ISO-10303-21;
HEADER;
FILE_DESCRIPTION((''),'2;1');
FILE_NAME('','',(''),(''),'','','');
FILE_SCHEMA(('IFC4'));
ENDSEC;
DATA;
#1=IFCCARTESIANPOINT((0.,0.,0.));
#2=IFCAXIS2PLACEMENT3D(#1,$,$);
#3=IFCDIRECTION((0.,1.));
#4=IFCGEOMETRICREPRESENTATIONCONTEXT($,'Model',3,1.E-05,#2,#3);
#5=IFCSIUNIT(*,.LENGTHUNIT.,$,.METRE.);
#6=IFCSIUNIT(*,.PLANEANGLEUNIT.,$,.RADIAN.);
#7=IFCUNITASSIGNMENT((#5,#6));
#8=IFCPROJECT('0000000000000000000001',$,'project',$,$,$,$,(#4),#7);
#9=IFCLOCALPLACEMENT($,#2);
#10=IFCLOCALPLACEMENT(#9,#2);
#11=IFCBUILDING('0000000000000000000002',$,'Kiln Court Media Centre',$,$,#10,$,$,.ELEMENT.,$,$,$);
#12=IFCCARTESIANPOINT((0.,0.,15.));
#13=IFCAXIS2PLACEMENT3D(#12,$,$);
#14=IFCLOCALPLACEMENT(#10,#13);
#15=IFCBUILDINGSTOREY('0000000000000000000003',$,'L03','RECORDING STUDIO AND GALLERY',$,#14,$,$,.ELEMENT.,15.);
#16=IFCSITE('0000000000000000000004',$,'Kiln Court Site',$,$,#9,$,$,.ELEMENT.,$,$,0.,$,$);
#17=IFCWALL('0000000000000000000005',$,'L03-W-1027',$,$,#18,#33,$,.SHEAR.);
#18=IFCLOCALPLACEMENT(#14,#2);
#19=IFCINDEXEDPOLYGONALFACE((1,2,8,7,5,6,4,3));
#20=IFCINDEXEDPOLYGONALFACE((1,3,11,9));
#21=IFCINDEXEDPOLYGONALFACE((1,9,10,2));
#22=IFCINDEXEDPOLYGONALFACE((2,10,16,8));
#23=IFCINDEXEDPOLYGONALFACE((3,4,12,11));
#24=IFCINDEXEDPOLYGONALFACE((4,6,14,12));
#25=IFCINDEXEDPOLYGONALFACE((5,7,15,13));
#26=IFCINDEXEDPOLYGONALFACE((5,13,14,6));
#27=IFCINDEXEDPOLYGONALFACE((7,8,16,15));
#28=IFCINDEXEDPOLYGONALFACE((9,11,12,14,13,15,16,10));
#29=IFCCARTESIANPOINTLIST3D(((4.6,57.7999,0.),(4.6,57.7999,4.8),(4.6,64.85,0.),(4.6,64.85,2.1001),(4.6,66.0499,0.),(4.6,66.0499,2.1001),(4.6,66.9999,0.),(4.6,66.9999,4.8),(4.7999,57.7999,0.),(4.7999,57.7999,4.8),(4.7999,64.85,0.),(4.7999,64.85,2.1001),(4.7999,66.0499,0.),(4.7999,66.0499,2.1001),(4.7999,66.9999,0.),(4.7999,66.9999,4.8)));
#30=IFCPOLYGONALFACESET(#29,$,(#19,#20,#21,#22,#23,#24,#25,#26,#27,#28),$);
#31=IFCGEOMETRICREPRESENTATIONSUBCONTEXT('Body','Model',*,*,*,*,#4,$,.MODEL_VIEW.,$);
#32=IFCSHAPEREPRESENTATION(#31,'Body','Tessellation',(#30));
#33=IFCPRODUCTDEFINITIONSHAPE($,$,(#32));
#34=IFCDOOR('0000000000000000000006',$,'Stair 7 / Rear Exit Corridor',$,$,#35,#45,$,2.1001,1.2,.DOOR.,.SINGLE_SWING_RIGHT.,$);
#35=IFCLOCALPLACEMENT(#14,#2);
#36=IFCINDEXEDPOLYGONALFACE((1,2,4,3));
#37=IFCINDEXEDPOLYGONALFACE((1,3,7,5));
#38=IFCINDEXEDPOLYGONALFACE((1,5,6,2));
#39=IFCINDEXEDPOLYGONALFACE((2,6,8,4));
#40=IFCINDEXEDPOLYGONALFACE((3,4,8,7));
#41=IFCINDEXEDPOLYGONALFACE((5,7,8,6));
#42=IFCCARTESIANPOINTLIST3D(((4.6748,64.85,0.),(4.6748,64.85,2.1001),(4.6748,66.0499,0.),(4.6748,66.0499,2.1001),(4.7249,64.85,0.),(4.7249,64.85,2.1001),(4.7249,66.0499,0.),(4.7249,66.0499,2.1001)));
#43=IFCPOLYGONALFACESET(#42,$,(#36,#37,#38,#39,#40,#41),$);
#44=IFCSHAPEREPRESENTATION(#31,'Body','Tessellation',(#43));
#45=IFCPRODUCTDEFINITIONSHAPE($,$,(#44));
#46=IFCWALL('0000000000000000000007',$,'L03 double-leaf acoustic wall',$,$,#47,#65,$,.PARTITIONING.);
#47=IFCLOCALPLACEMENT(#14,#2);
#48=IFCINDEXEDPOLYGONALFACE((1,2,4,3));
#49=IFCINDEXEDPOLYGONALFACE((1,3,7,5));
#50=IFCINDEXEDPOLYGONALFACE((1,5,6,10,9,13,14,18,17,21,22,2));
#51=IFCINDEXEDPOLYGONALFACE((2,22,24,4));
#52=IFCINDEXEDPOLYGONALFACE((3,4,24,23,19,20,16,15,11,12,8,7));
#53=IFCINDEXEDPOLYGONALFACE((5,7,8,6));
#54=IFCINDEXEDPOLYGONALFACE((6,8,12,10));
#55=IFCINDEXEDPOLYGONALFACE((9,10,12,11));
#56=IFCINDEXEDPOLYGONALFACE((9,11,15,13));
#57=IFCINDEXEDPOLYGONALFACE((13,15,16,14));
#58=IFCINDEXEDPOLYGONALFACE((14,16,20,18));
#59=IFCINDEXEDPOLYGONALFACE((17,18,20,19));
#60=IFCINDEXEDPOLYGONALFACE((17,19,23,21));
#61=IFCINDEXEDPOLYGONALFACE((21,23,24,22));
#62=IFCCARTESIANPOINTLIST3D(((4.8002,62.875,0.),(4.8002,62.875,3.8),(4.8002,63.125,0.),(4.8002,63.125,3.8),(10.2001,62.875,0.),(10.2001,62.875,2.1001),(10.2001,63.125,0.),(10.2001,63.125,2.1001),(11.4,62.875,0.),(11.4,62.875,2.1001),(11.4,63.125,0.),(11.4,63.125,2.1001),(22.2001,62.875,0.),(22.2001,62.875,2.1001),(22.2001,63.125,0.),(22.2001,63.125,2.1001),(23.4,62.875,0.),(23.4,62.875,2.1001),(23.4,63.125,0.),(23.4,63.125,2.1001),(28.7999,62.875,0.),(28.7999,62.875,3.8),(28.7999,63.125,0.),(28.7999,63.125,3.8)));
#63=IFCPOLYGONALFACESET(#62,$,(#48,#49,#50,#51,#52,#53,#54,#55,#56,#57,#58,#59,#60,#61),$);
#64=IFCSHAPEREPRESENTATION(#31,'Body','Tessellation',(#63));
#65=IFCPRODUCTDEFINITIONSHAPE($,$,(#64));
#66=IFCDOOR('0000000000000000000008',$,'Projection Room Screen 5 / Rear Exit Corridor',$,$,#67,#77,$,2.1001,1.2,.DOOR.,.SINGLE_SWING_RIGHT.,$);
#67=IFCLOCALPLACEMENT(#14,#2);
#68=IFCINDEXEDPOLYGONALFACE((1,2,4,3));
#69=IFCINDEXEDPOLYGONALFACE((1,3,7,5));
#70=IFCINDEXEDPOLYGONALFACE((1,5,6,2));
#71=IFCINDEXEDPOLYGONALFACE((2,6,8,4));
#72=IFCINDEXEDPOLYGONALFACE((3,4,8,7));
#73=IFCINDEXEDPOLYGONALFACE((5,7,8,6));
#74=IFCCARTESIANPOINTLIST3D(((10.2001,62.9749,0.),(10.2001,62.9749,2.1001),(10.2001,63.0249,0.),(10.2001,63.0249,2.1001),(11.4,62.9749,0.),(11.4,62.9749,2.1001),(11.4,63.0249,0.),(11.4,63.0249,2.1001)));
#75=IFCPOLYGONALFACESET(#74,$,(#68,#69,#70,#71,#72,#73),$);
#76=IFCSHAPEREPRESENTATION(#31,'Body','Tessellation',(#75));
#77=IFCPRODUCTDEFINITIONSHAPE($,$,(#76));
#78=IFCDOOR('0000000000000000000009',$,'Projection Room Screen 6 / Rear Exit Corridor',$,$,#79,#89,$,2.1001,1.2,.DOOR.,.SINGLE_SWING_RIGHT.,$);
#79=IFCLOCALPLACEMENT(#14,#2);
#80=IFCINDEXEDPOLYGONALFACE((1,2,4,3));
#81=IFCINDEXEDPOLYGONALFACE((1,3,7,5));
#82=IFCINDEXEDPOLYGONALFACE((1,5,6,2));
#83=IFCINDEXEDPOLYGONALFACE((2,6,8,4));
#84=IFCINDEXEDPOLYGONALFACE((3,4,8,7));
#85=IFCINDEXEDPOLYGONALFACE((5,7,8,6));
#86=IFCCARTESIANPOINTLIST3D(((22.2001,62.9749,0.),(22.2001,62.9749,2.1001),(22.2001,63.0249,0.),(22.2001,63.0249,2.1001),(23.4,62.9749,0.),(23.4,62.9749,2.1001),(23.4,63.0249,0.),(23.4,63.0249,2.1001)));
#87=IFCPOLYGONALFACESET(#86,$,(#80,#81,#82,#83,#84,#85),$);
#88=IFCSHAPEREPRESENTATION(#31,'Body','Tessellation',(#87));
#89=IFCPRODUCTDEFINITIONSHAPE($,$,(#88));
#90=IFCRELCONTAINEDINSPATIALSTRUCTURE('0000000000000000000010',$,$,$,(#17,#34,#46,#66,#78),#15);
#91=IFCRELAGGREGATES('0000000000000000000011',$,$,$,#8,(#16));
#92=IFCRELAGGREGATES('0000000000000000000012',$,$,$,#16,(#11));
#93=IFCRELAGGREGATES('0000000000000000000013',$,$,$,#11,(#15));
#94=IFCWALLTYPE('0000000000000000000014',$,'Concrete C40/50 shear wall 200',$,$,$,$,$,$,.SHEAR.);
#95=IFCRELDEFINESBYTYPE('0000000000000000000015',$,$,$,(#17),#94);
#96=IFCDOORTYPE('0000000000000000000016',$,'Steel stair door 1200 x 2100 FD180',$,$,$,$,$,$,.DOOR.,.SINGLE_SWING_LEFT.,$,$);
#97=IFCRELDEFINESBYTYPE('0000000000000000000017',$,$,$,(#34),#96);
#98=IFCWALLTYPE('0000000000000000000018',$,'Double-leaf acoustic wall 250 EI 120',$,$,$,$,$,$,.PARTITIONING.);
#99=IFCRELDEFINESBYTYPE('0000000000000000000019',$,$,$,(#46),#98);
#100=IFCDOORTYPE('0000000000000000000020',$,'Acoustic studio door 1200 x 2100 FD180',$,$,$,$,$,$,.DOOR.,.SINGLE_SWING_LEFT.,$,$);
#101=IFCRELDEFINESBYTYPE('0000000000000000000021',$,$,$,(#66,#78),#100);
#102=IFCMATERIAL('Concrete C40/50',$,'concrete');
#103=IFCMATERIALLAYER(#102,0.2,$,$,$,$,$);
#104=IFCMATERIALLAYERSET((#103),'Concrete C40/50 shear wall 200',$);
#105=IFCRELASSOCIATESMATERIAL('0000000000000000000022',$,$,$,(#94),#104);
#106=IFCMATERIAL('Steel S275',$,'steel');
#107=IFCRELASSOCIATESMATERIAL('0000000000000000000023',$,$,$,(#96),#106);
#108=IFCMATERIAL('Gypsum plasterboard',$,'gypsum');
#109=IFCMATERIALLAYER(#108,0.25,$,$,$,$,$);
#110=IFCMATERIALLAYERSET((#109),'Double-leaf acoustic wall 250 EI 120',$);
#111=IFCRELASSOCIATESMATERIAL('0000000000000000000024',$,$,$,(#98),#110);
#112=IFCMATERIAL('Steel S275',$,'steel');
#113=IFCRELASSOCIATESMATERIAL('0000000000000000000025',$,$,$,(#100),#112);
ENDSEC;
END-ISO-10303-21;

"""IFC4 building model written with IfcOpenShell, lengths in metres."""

from ifc_helpers import new_model, si_unit, direction, frame, frame_2d, origin, place, context, subcontext, project, spatial, rectangle, extrude, material, layer, layer_set, type_object, element, fill, save


model = new_model("IFC4")

# Units and contexts
model_context = context("Model", 3, precision=1e-05, world=origin(), true_north=direction((0.0, 1.0)))
body_context = subcontext(model_context, "Body", "Model", "MODEL_VIEW")
ifc_project = project(units=[si_unit("LENGTHUNIT", "METRE"), si_unit("PLANEANGLEUNIT", "RADIAN")], contexts=[model_context])

# Site, building, storey
site_placement = place(None, origin())
site = spatial("IfcSite", under=ifc_project, at=site_placement, Name="Kiln Court Site", CompositionType="ELEMENT", RefElevation=0.0)
building_placement = place(site_placement, origin())
building = spatial("IfcBuilding", under=site, at=building_placement, Name="Kiln Court Media Centre", CompositionType="ELEMENT")
storey_placement = place(building_placement, frame((0.0, 0.0, 15.0)))
storey = spatial("IfcBuildingStorey", under=building, at=storey_placement, Name="L03", Description="RECORDING STUDIO AND GALLERY", CompositionType="ELEMENT", Elevation=15.0)

# Shared definitions
ifc_material_1 = material(Name="Concrete C40/50", Category="concrete")
ifc_layer_1 = layer(ifc_material_1, 0.2)
ifc_layer_set_1 = layer_set([ifc_layer_1], Name="Concrete C40/50 shear wall 200")
wall_type_1 = type_object("IfcWallType", Name="Concrete C40/50 shear wall 200", PredefinedType="SHEAR", material=ifc_layer_set_1)

# Wall, opening, door
wall_1_placement = place(storey_placement, frame((4.7, 67.0, 0.0), z_axis=(0.0, 0.0, 1.0), x_axis=(0.0, -1.0, 0.0)))
wall_1 = element("IfcWall", 1, at=wall_1_placement, inside=storey, type_object=wall_type_1, Name="L03-W-1027", PredefinedType="SHEAR", context=body_context, shape_type="SweptSolid", body=[
    extrude(rectangle(XDim=9.2, YDim=0.2, at=frame_2d((4.6001, 0.0))), origin(), (0.0, 0.0, 1.0), 4.8),
])
opening_1_placement = place(wall_1_placement, frame((0.95, 0.0, 0.0)))
opening_1 = element("IfcOpeningElement", 2, at=opening_1_placement, cuts=wall_1, PredefinedType="OPENING", context=body_context, shape_type="SweptSolid", body=[
    extrude(rectangle(XDim=1.2, YDim=2.1001, at=frame_2d((0.6001, 1.05))), frame((0.0, 0.1099, 0.0), z_axis=(0.0, -1.0, 0.0), x_axis=(1.0, 0.0, 0.0)), (0.0, 0.0, 1.0), 0.22),
])
ifc_material_2 = material(Name="Steel S275", Category="steel")
door_type_1 = type_object("IfcDoorType", Name="Steel stair door 1200 x 2100 FD180", OperationType="SINGLE_SWING_LEFT", PredefinedType="DOOR", material=ifc_material_2)
door_1_placement = place(opening_1_placement, origin())
door_1 = element("IfcDoor", 3, at=door_1_placement, inside=storey, type_object=door_type_1, Name="Stair 7 / Rear Exit Corridor", OperationType="SINGLE_SWING_RIGHT", OverallHeight=2.1001, OverallWidth=1.2, PredefinedType="DOOR", context=body_context, shape_type="SweptSolid", body=[
    extrude(rectangle(XDim=1.2, YDim=2.1001, at=frame_2d((0.6001, 1.05))), frame((0.0, 0.0249, 0.0), z_axis=(0.0, -1.0, 0.0), x_axis=(1.0, 0.0, 0.0)), (0.0, 0.0, 1.0), 0.05),
])
fill(opening_1, door_1)

# Wall, openings, doors
ifc_material_3 = material(Name="Gypsum plasterboard", Category="gypsum")
ifc_layer_2 = layer(ifc_material_3, 0.25)
ifc_layer_set_2 = layer_set([ifc_layer_2], Name="Double-leaf acoustic wall 250 EI 120")
wall_type_2 = type_object("IfcWallType", Name="Double-leaf acoustic wall 250 EI 120", PredefinedType="PARTITIONING", material=ifc_layer_set_2)
wall_2_placement = place(storey_placement, frame((4.8, 63.0, 0.0), z_axis=(0.0, 0.0, 1.0), x_axis=(1.0, 0.0, 0.0)))
wall_2 = element("IfcWall", 4, at=wall_2_placement, inside=storey, type_object=wall_type_2, Name="L03 double-leaf acoustic wall", PredefinedType="PARTITIONING", context=body_context, shape_type="SweptSolid", body=[
    extrude(rectangle(XDim=23.9998, YDim=0.25, at=frame_2d((12.0, 0.0))), origin(), (0.0, 0.0, 1.0), 3.8),
])
opening_2_placement = place(wall_2_placement, frame((5.3999, 0.0, 0.0)))
opening_2 = element("IfcOpeningElement", 5, at=opening_2_placement, cuts=wall_2, PredefinedType="OPENING", context=body_context, shape_type="SweptSolid", body=[
    extrude(rectangle(XDim=1.2, YDim=2.1001, at=frame_2d((0.6001, 1.05))), frame((0.0, 0.135, 0.0), z_axis=(0.0, -1.0, 0.0), x_axis=(1.0, 0.0, 0.0)), (0.0, 0.0, 1.0), 0.27),
])
opening_3_placement = place(wall_2_placement, frame((17.3999, 0.0, 0.0)))
opening_3 = element("IfcOpeningElement", 6, at=opening_3_placement, cuts=wall_2, PredefinedType="OPENING", context=body_context, shape_type="SweptSolid", body=[
    extrude(rectangle(XDim=1.2, YDim=2.1001, at=frame_2d((0.6001, 1.05))), frame((0.0, 0.135, 0.0), z_axis=(0.0, -1.0, 0.0), x_axis=(1.0, 0.0, 0.0)), (0.0, 0.0, 1.0), 0.27),
])
ifc_material_4 = material(Name="Steel S275", Category="steel")
door_type_2 = type_object("IfcDoorType", Name="Acoustic studio door 1200 x 2100 FD180", OperationType="SINGLE_SWING_LEFT", PredefinedType="DOOR", material=ifc_material_4)
door_2_placement = place(opening_2_placement, origin())
door_2 = element("IfcDoor", 7, at=door_2_placement, inside=storey, type_object=door_type_2, Name="Projection Room Screen 5 / Rear Exit Corridor", OperationType="SINGLE_SWING_RIGHT", OverallHeight=2.1001, OverallWidth=1.2, PredefinedType="DOOR", context=body_context, shape_type="SweptSolid", body=[
    extrude(rectangle(XDim=1.2, YDim=2.1001, at=frame_2d((0.6001, 1.05))), frame((0.0, 0.0249, 0.0), z_axis=(0.0, -1.0, 0.0), x_axis=(1.0, 0.0, 0.0)), (0.0, 0.0, 1.0), 0.05),
])
fill(opening_2, door_2)
door_3_placement = place(opening_3_placement, origin())
door_3 = element("IfcDoor", 8, at=door_3_placement, inside=storey, type_object=door_type_2, Name="Projection Room Screen 6 / Rear Exit Corridor", OperationType="SINGLE_SWING_RIGHT", OverallHeight=2.1001, OverallWidth=1.2, PredefinedType="DOOR", context=body_context, shape_type="SweptSolid", body=[
    extrude(rectangle(XDim=1.2, YDim=2.1001, at=frame_2d((0.6001, 1.05))), frame((0.0, 0.0249, 0.0), z_axis=(0.0, -1.0, 0.0), x_axis=(1.0, 0.0, 0.0)), (0.0, 0.0, 1.0), 0.05),
])
fill(opening_3, door_3)

save(model, "model.ifc")
